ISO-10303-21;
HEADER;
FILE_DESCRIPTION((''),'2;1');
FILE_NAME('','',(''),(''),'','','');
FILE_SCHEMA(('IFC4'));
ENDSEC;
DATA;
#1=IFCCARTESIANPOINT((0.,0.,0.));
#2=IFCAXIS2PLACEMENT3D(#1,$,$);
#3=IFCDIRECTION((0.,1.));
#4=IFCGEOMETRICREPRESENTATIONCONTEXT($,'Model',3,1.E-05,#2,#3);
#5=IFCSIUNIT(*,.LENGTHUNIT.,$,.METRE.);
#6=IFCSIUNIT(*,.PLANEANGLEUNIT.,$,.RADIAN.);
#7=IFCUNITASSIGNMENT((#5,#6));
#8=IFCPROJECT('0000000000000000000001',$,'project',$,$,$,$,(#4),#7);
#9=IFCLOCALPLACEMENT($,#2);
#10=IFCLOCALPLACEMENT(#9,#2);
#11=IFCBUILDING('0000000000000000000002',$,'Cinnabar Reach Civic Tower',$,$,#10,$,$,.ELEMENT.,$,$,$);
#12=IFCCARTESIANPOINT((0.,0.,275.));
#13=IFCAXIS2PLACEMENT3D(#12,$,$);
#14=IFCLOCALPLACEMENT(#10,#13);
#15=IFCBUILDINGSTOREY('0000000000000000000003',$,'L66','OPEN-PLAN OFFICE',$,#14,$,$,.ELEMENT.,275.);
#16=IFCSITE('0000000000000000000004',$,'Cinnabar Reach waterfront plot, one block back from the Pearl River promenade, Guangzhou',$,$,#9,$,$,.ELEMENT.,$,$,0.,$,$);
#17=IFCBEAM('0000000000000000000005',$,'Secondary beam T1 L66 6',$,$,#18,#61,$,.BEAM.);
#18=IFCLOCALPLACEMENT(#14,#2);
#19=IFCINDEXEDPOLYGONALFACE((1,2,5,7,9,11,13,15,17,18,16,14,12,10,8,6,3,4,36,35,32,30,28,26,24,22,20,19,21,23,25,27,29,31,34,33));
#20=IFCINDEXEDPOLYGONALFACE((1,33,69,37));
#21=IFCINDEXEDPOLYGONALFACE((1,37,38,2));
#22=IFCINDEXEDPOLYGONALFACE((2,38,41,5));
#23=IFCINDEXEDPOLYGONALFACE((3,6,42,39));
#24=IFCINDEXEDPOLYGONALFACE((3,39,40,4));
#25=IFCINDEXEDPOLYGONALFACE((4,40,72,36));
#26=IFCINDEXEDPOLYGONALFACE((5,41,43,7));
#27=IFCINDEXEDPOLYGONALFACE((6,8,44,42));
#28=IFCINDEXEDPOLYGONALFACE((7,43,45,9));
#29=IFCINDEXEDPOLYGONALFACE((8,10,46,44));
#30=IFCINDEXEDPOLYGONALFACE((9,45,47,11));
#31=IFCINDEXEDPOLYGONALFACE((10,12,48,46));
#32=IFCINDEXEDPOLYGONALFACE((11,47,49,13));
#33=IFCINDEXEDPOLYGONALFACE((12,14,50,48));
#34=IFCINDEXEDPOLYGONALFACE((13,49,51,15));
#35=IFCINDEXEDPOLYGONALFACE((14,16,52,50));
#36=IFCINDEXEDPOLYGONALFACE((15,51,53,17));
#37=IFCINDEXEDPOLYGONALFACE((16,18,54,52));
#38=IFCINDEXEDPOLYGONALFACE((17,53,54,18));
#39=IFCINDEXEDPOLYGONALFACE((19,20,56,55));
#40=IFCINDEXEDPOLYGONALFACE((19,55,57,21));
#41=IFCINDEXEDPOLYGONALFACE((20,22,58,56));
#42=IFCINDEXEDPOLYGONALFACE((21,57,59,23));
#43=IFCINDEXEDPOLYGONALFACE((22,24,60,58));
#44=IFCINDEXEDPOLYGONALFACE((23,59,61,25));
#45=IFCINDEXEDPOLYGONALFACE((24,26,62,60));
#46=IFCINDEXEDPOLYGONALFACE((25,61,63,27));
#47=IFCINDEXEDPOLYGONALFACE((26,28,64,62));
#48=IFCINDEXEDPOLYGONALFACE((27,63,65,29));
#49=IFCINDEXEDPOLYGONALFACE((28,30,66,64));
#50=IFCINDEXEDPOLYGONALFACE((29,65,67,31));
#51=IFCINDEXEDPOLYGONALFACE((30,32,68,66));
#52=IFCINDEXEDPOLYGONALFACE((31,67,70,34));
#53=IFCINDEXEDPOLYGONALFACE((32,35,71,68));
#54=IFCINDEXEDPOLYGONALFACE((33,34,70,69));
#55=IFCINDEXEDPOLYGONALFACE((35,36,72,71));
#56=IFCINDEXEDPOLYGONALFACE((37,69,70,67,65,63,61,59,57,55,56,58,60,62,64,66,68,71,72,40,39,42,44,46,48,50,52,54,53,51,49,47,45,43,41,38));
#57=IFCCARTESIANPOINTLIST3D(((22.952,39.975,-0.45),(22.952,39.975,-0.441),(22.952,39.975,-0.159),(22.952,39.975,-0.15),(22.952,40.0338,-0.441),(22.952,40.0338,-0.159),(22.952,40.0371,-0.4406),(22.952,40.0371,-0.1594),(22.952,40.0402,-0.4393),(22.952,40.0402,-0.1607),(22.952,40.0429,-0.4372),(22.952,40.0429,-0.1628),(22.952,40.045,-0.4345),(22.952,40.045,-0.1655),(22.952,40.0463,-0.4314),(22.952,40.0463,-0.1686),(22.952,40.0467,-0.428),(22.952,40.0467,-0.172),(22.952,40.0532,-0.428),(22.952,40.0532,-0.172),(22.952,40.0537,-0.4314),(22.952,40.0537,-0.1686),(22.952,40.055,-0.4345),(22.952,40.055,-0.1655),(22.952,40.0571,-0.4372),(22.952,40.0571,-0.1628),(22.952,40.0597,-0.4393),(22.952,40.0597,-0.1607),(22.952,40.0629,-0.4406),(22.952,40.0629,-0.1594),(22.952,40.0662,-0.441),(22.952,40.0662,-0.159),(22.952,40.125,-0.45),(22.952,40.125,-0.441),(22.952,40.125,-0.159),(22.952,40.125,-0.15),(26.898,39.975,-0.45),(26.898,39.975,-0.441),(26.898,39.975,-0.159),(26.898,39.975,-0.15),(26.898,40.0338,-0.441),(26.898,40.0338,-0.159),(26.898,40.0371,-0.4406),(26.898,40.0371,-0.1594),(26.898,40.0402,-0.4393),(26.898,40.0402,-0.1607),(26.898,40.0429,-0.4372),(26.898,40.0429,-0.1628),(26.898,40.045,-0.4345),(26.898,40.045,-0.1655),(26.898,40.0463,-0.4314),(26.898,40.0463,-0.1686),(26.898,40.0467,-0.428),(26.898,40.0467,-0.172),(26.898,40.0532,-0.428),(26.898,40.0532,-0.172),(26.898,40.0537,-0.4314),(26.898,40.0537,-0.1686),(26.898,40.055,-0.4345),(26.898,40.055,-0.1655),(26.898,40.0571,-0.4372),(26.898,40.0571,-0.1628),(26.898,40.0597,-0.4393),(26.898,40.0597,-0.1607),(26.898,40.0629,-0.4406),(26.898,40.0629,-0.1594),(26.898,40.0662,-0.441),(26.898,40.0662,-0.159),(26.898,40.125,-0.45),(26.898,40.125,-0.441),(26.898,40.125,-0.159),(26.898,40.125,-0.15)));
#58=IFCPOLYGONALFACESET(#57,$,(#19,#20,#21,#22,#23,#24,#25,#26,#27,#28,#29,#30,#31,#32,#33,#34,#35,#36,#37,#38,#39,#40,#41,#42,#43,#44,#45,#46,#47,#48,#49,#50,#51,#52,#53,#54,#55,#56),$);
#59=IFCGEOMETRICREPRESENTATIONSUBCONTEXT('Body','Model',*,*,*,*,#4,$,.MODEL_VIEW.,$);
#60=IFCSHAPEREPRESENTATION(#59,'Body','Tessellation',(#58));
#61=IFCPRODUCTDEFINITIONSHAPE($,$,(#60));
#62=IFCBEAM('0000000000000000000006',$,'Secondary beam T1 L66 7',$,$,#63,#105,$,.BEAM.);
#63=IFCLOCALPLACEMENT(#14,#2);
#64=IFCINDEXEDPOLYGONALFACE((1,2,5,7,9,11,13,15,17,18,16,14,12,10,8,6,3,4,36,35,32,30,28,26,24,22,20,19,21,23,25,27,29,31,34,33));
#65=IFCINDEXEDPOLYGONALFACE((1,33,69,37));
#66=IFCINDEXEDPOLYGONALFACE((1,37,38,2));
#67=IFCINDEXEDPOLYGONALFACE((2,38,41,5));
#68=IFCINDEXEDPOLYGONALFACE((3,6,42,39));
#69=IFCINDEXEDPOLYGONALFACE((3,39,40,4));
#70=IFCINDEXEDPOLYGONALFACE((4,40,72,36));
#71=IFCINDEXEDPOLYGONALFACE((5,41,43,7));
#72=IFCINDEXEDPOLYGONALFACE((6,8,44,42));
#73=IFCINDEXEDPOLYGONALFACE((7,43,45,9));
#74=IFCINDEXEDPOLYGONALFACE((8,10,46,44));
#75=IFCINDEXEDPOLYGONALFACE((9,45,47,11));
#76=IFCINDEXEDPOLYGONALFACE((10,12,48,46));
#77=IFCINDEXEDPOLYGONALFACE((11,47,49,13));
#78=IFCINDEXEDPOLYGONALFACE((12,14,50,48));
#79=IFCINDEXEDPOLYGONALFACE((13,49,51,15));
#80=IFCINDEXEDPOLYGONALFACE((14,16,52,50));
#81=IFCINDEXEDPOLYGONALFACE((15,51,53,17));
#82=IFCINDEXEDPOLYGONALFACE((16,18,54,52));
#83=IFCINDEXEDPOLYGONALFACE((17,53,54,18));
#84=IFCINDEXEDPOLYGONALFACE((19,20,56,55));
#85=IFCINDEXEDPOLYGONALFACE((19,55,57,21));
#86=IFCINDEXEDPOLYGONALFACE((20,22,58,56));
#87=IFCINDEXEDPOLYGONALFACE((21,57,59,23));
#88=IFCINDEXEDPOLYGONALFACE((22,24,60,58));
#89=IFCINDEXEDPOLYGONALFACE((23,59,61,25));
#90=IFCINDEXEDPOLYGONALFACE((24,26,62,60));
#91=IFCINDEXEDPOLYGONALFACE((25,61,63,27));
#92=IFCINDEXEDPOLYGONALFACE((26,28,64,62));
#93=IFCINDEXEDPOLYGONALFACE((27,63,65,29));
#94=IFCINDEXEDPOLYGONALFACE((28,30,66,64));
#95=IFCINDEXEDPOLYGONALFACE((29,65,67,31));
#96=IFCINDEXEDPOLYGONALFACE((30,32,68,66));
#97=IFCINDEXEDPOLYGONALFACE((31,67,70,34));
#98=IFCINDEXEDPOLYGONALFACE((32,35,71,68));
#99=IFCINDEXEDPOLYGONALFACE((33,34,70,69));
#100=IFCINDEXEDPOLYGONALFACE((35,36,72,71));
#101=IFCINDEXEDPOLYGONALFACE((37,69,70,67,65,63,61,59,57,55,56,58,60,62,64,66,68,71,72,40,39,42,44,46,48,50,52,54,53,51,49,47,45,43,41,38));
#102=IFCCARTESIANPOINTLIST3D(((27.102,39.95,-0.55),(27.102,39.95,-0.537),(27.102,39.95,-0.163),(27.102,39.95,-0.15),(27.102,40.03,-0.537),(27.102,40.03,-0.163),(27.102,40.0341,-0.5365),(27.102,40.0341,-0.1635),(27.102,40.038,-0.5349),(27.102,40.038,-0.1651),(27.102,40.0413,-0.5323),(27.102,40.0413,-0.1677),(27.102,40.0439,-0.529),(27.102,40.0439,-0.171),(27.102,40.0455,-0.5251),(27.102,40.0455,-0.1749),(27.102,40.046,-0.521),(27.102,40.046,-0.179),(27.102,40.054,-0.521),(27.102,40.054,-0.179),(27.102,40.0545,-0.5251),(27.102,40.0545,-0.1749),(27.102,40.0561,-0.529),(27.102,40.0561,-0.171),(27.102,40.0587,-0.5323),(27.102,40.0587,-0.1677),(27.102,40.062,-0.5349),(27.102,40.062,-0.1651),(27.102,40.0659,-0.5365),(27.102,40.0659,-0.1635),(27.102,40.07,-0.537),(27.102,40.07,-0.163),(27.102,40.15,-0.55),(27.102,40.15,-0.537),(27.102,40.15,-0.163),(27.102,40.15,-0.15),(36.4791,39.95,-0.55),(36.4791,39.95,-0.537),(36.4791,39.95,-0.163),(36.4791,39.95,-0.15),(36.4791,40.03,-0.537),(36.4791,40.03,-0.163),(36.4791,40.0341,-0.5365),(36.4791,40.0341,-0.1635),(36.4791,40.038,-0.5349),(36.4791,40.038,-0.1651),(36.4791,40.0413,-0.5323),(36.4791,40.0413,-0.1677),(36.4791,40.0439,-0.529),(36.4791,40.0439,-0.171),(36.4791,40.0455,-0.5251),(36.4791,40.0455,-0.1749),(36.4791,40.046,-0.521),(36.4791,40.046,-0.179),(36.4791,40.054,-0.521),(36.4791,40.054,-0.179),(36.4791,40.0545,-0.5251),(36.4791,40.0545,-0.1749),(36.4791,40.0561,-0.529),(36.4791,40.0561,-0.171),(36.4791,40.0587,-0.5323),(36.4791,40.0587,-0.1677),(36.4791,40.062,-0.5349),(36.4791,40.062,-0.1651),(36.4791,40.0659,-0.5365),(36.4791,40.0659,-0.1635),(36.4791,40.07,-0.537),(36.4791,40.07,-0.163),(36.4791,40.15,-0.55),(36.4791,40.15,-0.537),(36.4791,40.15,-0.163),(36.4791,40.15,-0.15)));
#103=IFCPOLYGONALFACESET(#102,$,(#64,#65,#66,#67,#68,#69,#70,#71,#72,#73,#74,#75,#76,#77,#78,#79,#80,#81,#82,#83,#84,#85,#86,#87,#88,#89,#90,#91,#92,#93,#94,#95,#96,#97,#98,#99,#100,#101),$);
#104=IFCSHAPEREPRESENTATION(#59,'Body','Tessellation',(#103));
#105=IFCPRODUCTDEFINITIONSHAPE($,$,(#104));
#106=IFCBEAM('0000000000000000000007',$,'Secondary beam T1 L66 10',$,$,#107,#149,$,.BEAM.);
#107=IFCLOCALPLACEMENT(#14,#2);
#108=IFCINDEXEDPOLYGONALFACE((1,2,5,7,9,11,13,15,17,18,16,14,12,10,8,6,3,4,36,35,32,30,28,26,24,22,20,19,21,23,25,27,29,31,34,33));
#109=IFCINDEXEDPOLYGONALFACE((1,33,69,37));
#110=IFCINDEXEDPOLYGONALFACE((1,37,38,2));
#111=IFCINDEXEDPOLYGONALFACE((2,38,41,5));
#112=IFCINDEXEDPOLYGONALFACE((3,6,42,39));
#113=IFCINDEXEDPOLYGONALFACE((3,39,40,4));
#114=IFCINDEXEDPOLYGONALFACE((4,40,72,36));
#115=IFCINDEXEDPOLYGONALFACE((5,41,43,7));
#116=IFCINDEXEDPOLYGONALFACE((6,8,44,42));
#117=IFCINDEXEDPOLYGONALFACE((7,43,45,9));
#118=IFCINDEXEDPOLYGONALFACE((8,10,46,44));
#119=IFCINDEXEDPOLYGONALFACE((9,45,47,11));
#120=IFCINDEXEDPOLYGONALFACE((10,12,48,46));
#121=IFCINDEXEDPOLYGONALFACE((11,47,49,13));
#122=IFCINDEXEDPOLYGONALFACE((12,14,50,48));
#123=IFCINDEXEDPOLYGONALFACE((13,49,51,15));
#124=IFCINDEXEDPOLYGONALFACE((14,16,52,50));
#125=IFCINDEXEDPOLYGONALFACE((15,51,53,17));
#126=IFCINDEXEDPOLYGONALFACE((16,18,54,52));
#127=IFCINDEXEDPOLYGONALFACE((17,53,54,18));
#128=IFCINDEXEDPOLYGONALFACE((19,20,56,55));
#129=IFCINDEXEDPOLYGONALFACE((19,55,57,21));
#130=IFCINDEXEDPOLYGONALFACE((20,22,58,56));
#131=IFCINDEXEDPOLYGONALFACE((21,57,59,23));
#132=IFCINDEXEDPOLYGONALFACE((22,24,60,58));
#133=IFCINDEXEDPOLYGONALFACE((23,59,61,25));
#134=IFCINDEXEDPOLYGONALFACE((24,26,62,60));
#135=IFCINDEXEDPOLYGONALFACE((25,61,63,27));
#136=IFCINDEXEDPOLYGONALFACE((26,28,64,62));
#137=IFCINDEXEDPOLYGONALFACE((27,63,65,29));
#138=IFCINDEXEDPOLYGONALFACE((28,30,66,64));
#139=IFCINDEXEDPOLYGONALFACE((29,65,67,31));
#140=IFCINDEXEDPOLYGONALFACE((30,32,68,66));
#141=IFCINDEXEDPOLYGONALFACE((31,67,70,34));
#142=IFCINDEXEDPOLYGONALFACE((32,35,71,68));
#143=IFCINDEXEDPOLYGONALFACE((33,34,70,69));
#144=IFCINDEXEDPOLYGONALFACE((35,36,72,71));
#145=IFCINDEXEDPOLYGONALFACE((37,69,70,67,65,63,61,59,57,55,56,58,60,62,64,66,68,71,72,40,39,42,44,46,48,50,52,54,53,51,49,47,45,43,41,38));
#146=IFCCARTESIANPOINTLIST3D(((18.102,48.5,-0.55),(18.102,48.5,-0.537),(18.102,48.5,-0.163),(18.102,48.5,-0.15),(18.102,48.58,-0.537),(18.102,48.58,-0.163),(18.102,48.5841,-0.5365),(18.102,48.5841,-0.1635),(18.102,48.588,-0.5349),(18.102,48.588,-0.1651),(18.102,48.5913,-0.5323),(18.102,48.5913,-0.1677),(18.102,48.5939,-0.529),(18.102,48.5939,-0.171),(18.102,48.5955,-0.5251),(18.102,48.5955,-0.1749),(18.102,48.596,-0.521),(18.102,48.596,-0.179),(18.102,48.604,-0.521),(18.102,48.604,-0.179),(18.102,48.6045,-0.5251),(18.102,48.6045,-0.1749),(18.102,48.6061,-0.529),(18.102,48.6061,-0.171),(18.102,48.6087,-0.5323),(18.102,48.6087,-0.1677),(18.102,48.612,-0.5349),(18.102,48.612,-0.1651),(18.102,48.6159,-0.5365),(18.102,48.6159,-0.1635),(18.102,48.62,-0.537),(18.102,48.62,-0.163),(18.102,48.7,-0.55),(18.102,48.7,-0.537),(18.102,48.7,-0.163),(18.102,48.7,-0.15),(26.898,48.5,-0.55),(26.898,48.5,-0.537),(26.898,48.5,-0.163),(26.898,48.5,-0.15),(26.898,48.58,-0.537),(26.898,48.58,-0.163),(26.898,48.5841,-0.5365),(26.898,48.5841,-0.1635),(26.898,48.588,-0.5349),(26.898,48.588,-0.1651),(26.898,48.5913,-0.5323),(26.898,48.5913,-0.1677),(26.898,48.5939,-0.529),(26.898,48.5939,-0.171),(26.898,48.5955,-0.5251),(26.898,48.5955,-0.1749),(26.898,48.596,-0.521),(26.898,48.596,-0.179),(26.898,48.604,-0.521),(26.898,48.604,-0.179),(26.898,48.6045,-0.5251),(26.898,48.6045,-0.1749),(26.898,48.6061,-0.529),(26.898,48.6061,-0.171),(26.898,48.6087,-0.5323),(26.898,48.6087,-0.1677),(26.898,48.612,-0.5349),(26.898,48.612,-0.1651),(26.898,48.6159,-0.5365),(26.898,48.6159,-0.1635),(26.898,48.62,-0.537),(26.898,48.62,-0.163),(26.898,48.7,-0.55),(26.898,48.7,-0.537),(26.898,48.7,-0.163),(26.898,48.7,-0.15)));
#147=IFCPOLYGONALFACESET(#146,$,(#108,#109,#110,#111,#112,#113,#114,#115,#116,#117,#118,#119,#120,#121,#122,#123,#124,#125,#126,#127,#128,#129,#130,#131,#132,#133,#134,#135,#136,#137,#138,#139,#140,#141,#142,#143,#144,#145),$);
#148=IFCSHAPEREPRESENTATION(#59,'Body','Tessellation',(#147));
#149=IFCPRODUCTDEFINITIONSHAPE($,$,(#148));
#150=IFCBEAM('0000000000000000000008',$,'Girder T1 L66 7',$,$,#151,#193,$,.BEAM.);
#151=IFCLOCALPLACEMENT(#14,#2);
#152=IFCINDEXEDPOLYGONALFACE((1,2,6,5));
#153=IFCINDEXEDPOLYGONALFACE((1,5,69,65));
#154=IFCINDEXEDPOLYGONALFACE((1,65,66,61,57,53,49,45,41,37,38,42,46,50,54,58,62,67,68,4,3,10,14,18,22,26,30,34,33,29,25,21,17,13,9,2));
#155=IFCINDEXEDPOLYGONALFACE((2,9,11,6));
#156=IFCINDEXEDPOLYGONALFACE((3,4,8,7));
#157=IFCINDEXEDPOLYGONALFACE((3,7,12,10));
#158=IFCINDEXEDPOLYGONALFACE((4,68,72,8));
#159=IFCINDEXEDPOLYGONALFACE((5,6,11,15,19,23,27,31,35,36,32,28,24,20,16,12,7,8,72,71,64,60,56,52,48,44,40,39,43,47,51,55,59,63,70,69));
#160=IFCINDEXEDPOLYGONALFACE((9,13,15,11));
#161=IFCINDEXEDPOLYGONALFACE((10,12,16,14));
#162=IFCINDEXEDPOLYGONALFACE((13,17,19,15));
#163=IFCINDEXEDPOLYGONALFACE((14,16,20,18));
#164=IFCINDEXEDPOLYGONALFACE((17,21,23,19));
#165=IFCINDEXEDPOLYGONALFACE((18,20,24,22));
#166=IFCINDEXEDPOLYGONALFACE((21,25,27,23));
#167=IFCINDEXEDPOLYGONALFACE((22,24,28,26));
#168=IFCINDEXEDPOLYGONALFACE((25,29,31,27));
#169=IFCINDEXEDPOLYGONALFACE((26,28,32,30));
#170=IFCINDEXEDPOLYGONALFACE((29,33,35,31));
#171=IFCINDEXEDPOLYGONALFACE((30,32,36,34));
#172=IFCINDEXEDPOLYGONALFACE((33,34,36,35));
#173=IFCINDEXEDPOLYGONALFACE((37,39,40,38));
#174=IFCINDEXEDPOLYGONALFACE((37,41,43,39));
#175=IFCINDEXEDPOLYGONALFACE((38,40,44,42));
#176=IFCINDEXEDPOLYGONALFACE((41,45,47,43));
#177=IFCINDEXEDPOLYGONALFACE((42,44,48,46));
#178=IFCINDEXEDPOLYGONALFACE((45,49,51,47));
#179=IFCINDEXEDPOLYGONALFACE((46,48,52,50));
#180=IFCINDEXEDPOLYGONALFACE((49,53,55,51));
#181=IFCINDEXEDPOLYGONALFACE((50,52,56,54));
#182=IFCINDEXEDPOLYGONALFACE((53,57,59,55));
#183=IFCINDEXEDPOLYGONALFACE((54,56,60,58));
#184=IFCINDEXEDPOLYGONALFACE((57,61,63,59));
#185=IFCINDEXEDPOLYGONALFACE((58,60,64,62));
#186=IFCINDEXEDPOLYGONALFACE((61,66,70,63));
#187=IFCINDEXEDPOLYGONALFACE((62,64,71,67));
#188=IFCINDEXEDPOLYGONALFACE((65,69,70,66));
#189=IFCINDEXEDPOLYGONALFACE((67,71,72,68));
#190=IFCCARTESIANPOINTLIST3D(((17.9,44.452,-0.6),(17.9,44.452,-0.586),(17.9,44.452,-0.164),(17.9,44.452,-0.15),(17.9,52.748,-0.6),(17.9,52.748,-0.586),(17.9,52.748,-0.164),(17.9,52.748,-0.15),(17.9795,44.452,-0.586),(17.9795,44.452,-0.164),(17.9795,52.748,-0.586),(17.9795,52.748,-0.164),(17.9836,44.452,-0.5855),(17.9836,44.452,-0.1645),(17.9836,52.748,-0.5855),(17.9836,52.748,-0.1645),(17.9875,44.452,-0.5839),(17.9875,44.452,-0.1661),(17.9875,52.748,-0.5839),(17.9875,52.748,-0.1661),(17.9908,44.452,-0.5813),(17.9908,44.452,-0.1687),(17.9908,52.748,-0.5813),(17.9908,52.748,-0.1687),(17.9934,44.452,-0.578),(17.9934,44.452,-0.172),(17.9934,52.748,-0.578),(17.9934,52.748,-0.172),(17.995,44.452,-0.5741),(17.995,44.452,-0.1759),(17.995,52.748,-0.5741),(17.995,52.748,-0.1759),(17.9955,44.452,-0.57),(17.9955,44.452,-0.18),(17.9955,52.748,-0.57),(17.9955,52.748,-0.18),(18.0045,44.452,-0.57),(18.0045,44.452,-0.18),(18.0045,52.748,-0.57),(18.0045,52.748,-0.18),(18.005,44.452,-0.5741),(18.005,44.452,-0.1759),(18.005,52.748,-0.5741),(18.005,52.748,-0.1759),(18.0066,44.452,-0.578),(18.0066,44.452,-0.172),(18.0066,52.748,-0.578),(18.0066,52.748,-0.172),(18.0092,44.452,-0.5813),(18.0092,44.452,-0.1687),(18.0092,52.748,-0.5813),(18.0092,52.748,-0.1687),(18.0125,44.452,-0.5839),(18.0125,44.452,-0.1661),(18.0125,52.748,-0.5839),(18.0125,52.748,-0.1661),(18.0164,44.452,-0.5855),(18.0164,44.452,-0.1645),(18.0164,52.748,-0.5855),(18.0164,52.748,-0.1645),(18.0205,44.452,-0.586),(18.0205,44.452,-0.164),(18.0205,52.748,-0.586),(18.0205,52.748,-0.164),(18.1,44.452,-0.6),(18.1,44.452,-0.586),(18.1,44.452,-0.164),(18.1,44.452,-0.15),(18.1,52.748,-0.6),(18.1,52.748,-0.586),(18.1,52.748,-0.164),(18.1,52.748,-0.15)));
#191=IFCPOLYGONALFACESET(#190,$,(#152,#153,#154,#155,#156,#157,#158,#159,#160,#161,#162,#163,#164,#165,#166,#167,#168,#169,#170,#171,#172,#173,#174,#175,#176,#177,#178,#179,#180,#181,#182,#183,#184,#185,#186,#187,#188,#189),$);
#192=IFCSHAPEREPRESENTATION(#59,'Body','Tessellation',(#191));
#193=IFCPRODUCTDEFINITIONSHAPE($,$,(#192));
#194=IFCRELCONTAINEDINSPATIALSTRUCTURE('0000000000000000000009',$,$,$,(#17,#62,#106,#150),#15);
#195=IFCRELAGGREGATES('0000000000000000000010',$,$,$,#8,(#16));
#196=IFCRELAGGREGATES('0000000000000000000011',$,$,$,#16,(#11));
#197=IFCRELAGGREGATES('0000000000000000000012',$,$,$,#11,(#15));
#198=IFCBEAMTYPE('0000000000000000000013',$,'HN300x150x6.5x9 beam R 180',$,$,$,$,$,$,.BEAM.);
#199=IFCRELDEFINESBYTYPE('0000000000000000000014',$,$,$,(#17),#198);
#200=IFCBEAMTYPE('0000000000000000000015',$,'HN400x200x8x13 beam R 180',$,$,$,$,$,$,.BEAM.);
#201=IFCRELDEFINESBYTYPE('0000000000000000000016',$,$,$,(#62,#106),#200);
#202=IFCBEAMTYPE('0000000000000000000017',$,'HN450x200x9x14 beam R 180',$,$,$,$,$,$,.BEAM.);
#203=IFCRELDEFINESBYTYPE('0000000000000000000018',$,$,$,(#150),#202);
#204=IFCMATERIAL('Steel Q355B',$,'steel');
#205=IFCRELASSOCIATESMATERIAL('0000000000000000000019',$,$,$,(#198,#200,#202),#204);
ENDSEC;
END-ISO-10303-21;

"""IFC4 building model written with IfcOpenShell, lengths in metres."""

from ifc_helpers import new_model, si_unit, direction, frame, origin, origin_2d, place, context, subcontext, project, spatial, i_section, extrude, material, material_profile, profile_set, type_object, element, save


model = new_model("IFC4")

# Units and contexts
model_context = context("Model", 3, precision=1e-05, world=origin(), true_north=direction((0.0, 1.0)))
body_context = subcontext(model_context, "Body", "Model", "MODEL_VIEW")
ifc_project = project(units=[si_unit("LENGTHUNIT", "METRE"), si_unit("PLANEANGLEUNIT", "RADIAN")], contexts=[model_context])

# Site, building, storey
site_placement = place(None, origin())
site = spatial("IfcSite", under=ifc_project, at=site_placement, Name="Cinnabar Reach waterfront plot, one block back from the Pearl River promenade, Guangzhou", CompositionType="ELEMENT", RefElevation=0.0)
building_placement = place(site_placement, origin())
building = spatial("IfcBuilding", under=site, at=building_placement, Name="Cinnabar Reach Civic Tower", CompositionType="ELEMENT")
storey_placement = place(building_placement, frame((0.0, 0.0, 275.0)))
storey = spatial("IfcBuildingStorey", under=building, at=storey_placement, Name="L66", Description="OPEN-PLAN OFFICE", CompositionType="ELEMENT", Elevation=275.0)

# Beams
ifc_material_1 = material(Name="Steel Q355B", Category="steel")
ifc_material_profile_1 = material_profile(ifc_material_1, i_section(OverallWidth=0.15, OverallDepth=0.3, WebThickness=0.0065, FlangeThickness=0.009, FilletRadius=0.013, at=origin_2d()), Name="HN300x150x6.5x9")
ifc_profile_set_1 = profile_set([ifc_material_profile_1], Name="Steel Q355B")
beam_type_1 = type_object("IfcBeamType", Name="HN300x150x6.5x9 beam R 180", PredefinedType="BEAM", material=ifc_profile_set_1)
beam_1_placement = place(storey_placement, frame((22.952, 40.05, -0.3), z_axis=(1.0, 0.0, 0.0), x_axis=(0.0, 1.0, 0.0)))
element("IfcBeam", 1, at=beam_1_placement, inside=storey, type_object=beam_type_1, Name="Secondary beam T1 L66 6", PredefinedType="BEAM", context=body_context, shape_type="SweptSolid", body=[
    extrude(i_section(OverallWidth=0.15, OverallDepth=0.3, WebThickness=0.0065, FlangeThickness=0.009, FilletRadius=0.013, at=origin_2d()), origin(), (0.0, 0.0, 1.0), 3.946),
])
ifc_material_profile_2 = material_profile(ifc_material_1, i_section(OverallWidth=0.2, OverallDepth=0.4, WebThickness=0.008, FlangeThickness=0.013, FilletRadius=0.016, at=origin_2d()), Name="HN400x200x8x13")
ifc_profile_set_2 = profile_set([ifc_material_profile_2], Name="Steel Q355B")
beam_type_2 = type_object("IfcBeamType", Name="HN400x200x8x13 beam R 180", PredefinedType="BEAM", material=ifc_profile_set_2)
beam_2_placement = place(storey_placement, frame((27.102, 40.05, -0.35), z_axis=(1.0, 0.0, 0.0), x_axis=(0.0, 1.0, 0.0)))
element("IfcBeam", 2, at=beam_2_placement, inside=storey, type_object=beam_type_2, Name="Secondary beam T1 L66 7", PredefinedType="BEAM", context=body_context, shape_type="SweptSolid", body=[
    extrude(i_section(OverallWidth=0.2, OverallDepth=0.4, WebThickness=0.008, FlangeThickness=0.013, FilletRadius=0.016, at=origin_2d()), origin(), (0.0, 0.0, 1.0), 9.3771),
])
beam_3_placement = place(storey_placement, frame((18.102, 48.6, -0.35), z_axis=(1.0, 0.0, 0.0), x_axis=(0.0, 1.0, 0.0)))
element("IfcBeam", 3, at=beam_3_placement, inside=storey, type_object=beam_type_2, Name="Secondary beam T1 L66 10", PredefinedType="BEAM", context=body_context, shape_type="SweptSolid", body=[
    extrude(i_section(OverallWidth=0.2, OverallDepth=0.4, WebThickness=0.008, FlangeThickness=0.013, FilletRadius=0.016, at=origin_2d()), origin(), (0.0, 0.0, 1.0), 8.796),
])
ifc_material_profile_3 = material_profile(ifc_material_1, i_section(OverallWidth=0.2, OverallDepth=0.45, WebThickness=0.009, FlangeThickness=0.014, FilletRadius=0.016, at=origin_2d()), Name="HN450x200x9x14")
ifc_profile_set_3 = profile_set([ifc_material_profile_3], Name="Steel Q355B")
beam_type_3 = type_object("IfcBeamType", Name="HN450x200x9x14 beam R 180", PredefinedType="BEAM", material=ifc_profile_set_3)
beam_4_placement = place(storey_placement, frame((18.0, 44.452, -0.375), z_axis=(0.0, 1.0, 0.0), x_axis=(-1.0, 0.0, 0.0)))
element("IfcBeam", 4, at=beam_4_placement, inside=storey, type_object=beam_type_3, Name="Girder T1 L66 7", PredefinedType="BEAM", context=body_context, shape_type="SweptSolid", body=[
    extrude(i_section(OverallWidth=0.2, OverallDepth=0.45, WebThickness=0.009, FlangeThickness=0.014, FilletRadius=0.016, at=origin_2d()), origin(), (0.0, 0.0, 1.0), 8.296),
])

save(model, "model.ifc")
